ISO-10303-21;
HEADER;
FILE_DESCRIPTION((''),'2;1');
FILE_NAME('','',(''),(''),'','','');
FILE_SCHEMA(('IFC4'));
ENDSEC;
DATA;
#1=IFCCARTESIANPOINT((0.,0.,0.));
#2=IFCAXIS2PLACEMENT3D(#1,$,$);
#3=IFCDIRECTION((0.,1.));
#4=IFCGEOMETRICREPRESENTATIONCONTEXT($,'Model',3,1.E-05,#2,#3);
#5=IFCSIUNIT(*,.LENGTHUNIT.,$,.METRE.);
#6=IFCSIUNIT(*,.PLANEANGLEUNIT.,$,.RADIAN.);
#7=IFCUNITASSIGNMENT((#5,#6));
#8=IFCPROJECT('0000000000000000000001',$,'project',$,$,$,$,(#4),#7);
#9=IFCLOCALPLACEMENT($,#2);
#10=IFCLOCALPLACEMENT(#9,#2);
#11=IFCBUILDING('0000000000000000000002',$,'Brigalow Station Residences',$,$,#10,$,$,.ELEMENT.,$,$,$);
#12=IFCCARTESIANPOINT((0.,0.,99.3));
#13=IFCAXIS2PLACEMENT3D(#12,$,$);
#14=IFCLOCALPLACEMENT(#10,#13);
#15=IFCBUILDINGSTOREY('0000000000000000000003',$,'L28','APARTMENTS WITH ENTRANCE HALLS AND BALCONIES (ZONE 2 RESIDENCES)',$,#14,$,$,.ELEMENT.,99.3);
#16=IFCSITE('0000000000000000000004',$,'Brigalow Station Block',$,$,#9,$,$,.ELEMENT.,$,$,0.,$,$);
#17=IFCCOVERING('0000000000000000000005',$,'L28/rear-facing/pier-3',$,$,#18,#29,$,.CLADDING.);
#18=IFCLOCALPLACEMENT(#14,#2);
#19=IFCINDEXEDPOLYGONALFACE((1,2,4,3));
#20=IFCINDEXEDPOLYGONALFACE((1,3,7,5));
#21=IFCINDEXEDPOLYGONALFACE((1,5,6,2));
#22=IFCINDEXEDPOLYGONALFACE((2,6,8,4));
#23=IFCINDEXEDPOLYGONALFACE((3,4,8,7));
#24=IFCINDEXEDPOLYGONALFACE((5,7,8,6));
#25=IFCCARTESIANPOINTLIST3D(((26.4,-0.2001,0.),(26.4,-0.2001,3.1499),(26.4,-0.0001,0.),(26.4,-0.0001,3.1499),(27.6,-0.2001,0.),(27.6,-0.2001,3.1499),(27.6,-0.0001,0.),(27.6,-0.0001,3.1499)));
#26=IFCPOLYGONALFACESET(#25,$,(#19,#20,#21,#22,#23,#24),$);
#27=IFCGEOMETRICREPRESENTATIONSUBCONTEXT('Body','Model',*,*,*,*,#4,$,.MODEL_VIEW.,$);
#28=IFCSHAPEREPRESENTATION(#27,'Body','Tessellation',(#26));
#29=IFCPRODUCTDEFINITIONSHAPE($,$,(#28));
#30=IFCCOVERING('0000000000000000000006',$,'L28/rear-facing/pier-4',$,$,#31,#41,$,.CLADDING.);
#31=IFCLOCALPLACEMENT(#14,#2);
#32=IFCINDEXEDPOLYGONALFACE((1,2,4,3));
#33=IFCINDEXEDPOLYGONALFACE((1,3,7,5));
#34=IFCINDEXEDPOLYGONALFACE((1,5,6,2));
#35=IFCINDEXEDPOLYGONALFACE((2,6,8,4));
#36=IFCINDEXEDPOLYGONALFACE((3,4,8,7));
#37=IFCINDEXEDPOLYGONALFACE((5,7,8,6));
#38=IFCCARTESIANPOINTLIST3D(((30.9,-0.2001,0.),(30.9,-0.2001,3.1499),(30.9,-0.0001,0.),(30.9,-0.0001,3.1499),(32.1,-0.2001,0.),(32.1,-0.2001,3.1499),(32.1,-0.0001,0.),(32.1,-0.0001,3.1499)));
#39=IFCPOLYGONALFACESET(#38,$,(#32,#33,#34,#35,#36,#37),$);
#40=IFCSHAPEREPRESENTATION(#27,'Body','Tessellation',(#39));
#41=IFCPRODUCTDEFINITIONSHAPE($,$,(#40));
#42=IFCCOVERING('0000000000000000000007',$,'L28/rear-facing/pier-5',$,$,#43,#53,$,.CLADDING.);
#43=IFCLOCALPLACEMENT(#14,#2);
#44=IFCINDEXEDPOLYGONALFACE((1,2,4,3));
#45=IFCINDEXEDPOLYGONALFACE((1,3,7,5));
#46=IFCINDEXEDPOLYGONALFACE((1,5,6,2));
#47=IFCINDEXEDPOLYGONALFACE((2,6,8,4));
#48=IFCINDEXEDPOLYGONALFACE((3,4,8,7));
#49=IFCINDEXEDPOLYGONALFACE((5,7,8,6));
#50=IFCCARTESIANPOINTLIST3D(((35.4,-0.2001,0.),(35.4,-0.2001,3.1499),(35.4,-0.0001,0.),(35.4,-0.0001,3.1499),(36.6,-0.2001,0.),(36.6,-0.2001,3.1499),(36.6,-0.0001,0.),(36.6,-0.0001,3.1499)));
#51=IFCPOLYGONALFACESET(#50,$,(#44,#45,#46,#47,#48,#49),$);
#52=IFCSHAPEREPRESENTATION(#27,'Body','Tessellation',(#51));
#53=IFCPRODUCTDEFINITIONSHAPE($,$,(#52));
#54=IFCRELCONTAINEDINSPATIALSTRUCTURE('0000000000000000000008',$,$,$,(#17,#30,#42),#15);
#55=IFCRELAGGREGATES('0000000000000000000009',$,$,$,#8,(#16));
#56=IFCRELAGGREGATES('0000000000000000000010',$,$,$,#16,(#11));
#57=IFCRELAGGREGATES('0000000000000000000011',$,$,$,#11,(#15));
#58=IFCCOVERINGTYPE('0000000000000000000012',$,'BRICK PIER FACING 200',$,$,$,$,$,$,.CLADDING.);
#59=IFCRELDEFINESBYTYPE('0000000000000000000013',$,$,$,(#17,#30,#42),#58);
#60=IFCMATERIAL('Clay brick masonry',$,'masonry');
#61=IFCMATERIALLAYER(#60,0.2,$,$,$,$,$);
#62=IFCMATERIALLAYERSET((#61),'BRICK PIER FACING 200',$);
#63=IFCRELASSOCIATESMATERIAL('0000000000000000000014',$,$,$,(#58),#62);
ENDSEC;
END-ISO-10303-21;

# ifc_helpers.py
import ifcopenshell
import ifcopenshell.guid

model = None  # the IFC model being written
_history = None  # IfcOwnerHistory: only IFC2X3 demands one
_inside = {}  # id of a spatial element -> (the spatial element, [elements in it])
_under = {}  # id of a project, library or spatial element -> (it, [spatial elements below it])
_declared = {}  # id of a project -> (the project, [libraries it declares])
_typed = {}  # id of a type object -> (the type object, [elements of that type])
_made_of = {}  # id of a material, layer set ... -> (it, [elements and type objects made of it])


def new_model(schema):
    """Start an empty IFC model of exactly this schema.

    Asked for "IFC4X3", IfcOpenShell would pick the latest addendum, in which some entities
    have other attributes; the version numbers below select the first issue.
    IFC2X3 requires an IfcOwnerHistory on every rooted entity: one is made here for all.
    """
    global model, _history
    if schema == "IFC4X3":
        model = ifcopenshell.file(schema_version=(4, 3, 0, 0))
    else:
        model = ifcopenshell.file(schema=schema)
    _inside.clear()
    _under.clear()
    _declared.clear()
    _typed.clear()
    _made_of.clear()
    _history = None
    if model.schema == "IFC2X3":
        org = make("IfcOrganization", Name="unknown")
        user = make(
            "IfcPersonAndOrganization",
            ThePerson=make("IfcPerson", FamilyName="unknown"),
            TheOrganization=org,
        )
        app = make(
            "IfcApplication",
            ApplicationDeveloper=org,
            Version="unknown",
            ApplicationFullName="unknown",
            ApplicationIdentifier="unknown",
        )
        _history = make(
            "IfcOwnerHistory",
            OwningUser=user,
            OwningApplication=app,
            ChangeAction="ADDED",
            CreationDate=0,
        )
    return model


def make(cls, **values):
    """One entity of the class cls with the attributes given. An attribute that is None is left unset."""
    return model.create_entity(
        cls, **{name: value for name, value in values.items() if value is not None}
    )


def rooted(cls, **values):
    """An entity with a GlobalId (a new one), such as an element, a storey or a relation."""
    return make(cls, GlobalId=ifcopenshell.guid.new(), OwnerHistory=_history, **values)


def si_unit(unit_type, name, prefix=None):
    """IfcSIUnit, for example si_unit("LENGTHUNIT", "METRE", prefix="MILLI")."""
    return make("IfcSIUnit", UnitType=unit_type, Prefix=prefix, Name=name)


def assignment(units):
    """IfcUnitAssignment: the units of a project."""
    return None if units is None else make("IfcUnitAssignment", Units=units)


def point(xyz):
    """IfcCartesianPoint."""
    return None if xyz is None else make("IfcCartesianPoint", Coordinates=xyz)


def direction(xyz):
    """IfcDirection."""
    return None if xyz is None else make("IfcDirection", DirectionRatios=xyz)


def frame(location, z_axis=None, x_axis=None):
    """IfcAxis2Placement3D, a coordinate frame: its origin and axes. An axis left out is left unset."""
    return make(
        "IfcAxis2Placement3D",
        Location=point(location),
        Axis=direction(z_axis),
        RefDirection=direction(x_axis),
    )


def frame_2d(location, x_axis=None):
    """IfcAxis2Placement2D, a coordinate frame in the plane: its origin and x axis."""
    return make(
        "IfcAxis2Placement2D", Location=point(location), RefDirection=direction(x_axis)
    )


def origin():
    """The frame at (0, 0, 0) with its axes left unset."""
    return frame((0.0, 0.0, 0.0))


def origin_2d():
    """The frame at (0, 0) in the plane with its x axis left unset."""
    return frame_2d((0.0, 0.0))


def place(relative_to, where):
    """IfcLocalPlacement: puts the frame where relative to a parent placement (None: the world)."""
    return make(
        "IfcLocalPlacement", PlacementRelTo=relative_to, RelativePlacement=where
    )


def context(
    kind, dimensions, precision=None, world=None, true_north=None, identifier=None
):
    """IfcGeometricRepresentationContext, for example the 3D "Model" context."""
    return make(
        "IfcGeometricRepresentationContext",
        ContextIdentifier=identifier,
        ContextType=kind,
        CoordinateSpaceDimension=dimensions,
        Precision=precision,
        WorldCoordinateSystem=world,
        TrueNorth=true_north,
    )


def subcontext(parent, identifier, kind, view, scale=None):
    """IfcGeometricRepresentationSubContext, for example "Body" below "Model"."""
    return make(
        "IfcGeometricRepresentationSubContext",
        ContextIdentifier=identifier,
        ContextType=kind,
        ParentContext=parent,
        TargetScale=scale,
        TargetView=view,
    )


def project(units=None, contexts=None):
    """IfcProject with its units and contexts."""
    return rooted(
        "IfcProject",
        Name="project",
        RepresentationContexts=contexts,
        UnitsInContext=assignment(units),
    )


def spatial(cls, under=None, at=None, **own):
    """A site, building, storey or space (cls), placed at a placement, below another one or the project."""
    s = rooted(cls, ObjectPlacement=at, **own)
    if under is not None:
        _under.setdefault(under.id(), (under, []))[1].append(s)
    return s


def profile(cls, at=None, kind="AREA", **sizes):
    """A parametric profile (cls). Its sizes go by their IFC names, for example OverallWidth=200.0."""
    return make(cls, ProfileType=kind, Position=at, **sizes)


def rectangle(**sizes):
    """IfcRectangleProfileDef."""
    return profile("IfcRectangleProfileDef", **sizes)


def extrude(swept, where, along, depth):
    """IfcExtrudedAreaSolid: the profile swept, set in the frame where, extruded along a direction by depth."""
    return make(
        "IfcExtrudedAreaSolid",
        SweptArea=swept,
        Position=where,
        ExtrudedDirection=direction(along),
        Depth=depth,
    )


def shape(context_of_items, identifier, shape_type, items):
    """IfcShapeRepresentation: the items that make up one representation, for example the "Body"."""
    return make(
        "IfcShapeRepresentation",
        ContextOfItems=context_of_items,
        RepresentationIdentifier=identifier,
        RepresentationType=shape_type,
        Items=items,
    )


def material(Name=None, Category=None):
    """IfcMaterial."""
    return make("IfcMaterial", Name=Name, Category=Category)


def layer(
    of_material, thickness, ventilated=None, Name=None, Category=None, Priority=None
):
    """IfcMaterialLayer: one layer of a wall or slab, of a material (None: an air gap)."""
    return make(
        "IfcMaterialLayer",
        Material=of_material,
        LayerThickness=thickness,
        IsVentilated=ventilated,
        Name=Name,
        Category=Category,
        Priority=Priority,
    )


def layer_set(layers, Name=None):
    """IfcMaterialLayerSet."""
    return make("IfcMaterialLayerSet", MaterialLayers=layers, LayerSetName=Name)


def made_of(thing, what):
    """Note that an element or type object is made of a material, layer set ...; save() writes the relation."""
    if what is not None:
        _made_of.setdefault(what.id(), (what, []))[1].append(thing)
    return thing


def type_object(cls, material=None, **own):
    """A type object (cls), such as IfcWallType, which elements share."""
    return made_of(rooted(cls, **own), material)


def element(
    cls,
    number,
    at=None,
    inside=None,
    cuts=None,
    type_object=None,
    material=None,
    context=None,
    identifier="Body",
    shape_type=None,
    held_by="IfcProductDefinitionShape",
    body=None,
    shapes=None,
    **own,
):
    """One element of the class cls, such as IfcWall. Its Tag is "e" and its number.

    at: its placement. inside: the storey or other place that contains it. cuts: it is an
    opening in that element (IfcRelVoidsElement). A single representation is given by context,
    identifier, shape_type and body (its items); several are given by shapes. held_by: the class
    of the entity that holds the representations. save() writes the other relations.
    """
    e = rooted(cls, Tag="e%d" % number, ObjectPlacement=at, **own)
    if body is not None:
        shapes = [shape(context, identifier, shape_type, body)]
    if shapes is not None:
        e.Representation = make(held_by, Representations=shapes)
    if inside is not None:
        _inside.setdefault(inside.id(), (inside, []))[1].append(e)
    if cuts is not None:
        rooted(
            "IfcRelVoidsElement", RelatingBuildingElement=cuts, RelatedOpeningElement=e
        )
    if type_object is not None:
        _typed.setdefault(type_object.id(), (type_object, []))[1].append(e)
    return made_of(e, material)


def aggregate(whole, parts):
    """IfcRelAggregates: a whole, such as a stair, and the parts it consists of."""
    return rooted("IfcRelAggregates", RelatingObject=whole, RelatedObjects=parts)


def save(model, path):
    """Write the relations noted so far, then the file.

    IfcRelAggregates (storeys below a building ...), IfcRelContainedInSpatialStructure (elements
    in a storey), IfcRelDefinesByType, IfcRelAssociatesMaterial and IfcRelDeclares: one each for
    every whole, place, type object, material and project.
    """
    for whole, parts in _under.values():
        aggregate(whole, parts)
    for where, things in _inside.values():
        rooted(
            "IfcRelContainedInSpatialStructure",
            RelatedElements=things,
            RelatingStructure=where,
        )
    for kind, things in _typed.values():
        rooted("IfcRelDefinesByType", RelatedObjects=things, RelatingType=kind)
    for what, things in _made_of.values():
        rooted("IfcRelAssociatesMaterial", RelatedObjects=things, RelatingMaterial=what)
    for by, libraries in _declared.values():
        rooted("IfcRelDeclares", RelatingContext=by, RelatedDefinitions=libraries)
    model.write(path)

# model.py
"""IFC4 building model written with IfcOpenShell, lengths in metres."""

from ifc_helpers import new_model, si_unit, direction, frame, origin, origin_2d, place, context, subcontext, project, spatial, rectangle, extrude, material, layer, layer_set, type_object, element, save


model = new_model("IFC4")

# Units and contexts
model_context = context("Model", 3, precision=1e-05, world=origin(), true_north=direction((0.0, 1.0)))
body_context = subcontext(model_context, "Body", "Model", "MODEL_VIEW")
ifc_project = project(units=[si_unit("LENGTHUNIT", "METRE"), si_unit("PLANEANGLEUNIT", "RADIAN")], contexts=[model_context])

# Site, building, storey
site_placement = place(None, origin())
site = spatial("IfcSite", under=ifc_project, at=site_placement, Name="Brigalow Station Block", CompositionType="ELEMENT", RefElevation=0.0)
building_placement = place(site_placement, origin())
building = spatial("IfcBuilding", under=site, at=building_placement, Name="Brigalow Station Residences", CompositionType="ELEMENT")
storey_placement = place(building_placement, frame((0.0, 0.0, 99.3)))
storey = spatial("IfcBuildingStorey", under=building, at=storey_placement, Name="L28", Description="APARTMENTS WITH ENTRANCE HALLS AND BALCONIES (ZONE 2 RESIDENCES)", CompositionType="ELEMENT", Elevation=99.3)

# Coverings
ifc_material_1 = material(Name="Clay brick masonry", Category="masonry")
ifc_layer_1 = layer(ifc_material_1, 0.2)
ifc_layer_set_1 = layer_set([ifc_layer_1], Name="BRICK PIER FACING 200")
covering_type_1 = type_object("IfcCoveringType", Name="BRICK PIER FACING 200", PredefinedType="CLADDING", material=ifc_layer_set_1)
for number, where, z_axis, x_axis, name in (
    (1, (27.0, -0.1001, 0.0), (0.0, 0.0, 1.0), (1.0, 0.0, 0.0), "L28/rear-facing/pier-3"),
    (2, (31.5, -0.1001, 0.0), (0.0, 0.0, 1.0), (1.0, 0.0, 0.0), "L28/rear-facing/pier-4"),
    (3, (36.0, -0.1001, 0.0), (0.0, 0.0, 1.0), (1.0, 0.0, 0.0), "L28/rear-facing/pier-5"),
):
    element("IfcCovering", number, at=place(storey_placement, frame(where, z_axis=z_axis, x_axis=x_axis)), inside=storey, type_object=covering_type_1, Name=name, PredefinedType="CLADDING", context=body_context, shape_type="SweptSolid", body=[
        extrude(rectangle(XDim=1.2, YDim=0.2, at=origin_2d()), origin(), (0.0, 0.0, 1.0), 3.1499),
    ])

save(model, "model.ifc")
